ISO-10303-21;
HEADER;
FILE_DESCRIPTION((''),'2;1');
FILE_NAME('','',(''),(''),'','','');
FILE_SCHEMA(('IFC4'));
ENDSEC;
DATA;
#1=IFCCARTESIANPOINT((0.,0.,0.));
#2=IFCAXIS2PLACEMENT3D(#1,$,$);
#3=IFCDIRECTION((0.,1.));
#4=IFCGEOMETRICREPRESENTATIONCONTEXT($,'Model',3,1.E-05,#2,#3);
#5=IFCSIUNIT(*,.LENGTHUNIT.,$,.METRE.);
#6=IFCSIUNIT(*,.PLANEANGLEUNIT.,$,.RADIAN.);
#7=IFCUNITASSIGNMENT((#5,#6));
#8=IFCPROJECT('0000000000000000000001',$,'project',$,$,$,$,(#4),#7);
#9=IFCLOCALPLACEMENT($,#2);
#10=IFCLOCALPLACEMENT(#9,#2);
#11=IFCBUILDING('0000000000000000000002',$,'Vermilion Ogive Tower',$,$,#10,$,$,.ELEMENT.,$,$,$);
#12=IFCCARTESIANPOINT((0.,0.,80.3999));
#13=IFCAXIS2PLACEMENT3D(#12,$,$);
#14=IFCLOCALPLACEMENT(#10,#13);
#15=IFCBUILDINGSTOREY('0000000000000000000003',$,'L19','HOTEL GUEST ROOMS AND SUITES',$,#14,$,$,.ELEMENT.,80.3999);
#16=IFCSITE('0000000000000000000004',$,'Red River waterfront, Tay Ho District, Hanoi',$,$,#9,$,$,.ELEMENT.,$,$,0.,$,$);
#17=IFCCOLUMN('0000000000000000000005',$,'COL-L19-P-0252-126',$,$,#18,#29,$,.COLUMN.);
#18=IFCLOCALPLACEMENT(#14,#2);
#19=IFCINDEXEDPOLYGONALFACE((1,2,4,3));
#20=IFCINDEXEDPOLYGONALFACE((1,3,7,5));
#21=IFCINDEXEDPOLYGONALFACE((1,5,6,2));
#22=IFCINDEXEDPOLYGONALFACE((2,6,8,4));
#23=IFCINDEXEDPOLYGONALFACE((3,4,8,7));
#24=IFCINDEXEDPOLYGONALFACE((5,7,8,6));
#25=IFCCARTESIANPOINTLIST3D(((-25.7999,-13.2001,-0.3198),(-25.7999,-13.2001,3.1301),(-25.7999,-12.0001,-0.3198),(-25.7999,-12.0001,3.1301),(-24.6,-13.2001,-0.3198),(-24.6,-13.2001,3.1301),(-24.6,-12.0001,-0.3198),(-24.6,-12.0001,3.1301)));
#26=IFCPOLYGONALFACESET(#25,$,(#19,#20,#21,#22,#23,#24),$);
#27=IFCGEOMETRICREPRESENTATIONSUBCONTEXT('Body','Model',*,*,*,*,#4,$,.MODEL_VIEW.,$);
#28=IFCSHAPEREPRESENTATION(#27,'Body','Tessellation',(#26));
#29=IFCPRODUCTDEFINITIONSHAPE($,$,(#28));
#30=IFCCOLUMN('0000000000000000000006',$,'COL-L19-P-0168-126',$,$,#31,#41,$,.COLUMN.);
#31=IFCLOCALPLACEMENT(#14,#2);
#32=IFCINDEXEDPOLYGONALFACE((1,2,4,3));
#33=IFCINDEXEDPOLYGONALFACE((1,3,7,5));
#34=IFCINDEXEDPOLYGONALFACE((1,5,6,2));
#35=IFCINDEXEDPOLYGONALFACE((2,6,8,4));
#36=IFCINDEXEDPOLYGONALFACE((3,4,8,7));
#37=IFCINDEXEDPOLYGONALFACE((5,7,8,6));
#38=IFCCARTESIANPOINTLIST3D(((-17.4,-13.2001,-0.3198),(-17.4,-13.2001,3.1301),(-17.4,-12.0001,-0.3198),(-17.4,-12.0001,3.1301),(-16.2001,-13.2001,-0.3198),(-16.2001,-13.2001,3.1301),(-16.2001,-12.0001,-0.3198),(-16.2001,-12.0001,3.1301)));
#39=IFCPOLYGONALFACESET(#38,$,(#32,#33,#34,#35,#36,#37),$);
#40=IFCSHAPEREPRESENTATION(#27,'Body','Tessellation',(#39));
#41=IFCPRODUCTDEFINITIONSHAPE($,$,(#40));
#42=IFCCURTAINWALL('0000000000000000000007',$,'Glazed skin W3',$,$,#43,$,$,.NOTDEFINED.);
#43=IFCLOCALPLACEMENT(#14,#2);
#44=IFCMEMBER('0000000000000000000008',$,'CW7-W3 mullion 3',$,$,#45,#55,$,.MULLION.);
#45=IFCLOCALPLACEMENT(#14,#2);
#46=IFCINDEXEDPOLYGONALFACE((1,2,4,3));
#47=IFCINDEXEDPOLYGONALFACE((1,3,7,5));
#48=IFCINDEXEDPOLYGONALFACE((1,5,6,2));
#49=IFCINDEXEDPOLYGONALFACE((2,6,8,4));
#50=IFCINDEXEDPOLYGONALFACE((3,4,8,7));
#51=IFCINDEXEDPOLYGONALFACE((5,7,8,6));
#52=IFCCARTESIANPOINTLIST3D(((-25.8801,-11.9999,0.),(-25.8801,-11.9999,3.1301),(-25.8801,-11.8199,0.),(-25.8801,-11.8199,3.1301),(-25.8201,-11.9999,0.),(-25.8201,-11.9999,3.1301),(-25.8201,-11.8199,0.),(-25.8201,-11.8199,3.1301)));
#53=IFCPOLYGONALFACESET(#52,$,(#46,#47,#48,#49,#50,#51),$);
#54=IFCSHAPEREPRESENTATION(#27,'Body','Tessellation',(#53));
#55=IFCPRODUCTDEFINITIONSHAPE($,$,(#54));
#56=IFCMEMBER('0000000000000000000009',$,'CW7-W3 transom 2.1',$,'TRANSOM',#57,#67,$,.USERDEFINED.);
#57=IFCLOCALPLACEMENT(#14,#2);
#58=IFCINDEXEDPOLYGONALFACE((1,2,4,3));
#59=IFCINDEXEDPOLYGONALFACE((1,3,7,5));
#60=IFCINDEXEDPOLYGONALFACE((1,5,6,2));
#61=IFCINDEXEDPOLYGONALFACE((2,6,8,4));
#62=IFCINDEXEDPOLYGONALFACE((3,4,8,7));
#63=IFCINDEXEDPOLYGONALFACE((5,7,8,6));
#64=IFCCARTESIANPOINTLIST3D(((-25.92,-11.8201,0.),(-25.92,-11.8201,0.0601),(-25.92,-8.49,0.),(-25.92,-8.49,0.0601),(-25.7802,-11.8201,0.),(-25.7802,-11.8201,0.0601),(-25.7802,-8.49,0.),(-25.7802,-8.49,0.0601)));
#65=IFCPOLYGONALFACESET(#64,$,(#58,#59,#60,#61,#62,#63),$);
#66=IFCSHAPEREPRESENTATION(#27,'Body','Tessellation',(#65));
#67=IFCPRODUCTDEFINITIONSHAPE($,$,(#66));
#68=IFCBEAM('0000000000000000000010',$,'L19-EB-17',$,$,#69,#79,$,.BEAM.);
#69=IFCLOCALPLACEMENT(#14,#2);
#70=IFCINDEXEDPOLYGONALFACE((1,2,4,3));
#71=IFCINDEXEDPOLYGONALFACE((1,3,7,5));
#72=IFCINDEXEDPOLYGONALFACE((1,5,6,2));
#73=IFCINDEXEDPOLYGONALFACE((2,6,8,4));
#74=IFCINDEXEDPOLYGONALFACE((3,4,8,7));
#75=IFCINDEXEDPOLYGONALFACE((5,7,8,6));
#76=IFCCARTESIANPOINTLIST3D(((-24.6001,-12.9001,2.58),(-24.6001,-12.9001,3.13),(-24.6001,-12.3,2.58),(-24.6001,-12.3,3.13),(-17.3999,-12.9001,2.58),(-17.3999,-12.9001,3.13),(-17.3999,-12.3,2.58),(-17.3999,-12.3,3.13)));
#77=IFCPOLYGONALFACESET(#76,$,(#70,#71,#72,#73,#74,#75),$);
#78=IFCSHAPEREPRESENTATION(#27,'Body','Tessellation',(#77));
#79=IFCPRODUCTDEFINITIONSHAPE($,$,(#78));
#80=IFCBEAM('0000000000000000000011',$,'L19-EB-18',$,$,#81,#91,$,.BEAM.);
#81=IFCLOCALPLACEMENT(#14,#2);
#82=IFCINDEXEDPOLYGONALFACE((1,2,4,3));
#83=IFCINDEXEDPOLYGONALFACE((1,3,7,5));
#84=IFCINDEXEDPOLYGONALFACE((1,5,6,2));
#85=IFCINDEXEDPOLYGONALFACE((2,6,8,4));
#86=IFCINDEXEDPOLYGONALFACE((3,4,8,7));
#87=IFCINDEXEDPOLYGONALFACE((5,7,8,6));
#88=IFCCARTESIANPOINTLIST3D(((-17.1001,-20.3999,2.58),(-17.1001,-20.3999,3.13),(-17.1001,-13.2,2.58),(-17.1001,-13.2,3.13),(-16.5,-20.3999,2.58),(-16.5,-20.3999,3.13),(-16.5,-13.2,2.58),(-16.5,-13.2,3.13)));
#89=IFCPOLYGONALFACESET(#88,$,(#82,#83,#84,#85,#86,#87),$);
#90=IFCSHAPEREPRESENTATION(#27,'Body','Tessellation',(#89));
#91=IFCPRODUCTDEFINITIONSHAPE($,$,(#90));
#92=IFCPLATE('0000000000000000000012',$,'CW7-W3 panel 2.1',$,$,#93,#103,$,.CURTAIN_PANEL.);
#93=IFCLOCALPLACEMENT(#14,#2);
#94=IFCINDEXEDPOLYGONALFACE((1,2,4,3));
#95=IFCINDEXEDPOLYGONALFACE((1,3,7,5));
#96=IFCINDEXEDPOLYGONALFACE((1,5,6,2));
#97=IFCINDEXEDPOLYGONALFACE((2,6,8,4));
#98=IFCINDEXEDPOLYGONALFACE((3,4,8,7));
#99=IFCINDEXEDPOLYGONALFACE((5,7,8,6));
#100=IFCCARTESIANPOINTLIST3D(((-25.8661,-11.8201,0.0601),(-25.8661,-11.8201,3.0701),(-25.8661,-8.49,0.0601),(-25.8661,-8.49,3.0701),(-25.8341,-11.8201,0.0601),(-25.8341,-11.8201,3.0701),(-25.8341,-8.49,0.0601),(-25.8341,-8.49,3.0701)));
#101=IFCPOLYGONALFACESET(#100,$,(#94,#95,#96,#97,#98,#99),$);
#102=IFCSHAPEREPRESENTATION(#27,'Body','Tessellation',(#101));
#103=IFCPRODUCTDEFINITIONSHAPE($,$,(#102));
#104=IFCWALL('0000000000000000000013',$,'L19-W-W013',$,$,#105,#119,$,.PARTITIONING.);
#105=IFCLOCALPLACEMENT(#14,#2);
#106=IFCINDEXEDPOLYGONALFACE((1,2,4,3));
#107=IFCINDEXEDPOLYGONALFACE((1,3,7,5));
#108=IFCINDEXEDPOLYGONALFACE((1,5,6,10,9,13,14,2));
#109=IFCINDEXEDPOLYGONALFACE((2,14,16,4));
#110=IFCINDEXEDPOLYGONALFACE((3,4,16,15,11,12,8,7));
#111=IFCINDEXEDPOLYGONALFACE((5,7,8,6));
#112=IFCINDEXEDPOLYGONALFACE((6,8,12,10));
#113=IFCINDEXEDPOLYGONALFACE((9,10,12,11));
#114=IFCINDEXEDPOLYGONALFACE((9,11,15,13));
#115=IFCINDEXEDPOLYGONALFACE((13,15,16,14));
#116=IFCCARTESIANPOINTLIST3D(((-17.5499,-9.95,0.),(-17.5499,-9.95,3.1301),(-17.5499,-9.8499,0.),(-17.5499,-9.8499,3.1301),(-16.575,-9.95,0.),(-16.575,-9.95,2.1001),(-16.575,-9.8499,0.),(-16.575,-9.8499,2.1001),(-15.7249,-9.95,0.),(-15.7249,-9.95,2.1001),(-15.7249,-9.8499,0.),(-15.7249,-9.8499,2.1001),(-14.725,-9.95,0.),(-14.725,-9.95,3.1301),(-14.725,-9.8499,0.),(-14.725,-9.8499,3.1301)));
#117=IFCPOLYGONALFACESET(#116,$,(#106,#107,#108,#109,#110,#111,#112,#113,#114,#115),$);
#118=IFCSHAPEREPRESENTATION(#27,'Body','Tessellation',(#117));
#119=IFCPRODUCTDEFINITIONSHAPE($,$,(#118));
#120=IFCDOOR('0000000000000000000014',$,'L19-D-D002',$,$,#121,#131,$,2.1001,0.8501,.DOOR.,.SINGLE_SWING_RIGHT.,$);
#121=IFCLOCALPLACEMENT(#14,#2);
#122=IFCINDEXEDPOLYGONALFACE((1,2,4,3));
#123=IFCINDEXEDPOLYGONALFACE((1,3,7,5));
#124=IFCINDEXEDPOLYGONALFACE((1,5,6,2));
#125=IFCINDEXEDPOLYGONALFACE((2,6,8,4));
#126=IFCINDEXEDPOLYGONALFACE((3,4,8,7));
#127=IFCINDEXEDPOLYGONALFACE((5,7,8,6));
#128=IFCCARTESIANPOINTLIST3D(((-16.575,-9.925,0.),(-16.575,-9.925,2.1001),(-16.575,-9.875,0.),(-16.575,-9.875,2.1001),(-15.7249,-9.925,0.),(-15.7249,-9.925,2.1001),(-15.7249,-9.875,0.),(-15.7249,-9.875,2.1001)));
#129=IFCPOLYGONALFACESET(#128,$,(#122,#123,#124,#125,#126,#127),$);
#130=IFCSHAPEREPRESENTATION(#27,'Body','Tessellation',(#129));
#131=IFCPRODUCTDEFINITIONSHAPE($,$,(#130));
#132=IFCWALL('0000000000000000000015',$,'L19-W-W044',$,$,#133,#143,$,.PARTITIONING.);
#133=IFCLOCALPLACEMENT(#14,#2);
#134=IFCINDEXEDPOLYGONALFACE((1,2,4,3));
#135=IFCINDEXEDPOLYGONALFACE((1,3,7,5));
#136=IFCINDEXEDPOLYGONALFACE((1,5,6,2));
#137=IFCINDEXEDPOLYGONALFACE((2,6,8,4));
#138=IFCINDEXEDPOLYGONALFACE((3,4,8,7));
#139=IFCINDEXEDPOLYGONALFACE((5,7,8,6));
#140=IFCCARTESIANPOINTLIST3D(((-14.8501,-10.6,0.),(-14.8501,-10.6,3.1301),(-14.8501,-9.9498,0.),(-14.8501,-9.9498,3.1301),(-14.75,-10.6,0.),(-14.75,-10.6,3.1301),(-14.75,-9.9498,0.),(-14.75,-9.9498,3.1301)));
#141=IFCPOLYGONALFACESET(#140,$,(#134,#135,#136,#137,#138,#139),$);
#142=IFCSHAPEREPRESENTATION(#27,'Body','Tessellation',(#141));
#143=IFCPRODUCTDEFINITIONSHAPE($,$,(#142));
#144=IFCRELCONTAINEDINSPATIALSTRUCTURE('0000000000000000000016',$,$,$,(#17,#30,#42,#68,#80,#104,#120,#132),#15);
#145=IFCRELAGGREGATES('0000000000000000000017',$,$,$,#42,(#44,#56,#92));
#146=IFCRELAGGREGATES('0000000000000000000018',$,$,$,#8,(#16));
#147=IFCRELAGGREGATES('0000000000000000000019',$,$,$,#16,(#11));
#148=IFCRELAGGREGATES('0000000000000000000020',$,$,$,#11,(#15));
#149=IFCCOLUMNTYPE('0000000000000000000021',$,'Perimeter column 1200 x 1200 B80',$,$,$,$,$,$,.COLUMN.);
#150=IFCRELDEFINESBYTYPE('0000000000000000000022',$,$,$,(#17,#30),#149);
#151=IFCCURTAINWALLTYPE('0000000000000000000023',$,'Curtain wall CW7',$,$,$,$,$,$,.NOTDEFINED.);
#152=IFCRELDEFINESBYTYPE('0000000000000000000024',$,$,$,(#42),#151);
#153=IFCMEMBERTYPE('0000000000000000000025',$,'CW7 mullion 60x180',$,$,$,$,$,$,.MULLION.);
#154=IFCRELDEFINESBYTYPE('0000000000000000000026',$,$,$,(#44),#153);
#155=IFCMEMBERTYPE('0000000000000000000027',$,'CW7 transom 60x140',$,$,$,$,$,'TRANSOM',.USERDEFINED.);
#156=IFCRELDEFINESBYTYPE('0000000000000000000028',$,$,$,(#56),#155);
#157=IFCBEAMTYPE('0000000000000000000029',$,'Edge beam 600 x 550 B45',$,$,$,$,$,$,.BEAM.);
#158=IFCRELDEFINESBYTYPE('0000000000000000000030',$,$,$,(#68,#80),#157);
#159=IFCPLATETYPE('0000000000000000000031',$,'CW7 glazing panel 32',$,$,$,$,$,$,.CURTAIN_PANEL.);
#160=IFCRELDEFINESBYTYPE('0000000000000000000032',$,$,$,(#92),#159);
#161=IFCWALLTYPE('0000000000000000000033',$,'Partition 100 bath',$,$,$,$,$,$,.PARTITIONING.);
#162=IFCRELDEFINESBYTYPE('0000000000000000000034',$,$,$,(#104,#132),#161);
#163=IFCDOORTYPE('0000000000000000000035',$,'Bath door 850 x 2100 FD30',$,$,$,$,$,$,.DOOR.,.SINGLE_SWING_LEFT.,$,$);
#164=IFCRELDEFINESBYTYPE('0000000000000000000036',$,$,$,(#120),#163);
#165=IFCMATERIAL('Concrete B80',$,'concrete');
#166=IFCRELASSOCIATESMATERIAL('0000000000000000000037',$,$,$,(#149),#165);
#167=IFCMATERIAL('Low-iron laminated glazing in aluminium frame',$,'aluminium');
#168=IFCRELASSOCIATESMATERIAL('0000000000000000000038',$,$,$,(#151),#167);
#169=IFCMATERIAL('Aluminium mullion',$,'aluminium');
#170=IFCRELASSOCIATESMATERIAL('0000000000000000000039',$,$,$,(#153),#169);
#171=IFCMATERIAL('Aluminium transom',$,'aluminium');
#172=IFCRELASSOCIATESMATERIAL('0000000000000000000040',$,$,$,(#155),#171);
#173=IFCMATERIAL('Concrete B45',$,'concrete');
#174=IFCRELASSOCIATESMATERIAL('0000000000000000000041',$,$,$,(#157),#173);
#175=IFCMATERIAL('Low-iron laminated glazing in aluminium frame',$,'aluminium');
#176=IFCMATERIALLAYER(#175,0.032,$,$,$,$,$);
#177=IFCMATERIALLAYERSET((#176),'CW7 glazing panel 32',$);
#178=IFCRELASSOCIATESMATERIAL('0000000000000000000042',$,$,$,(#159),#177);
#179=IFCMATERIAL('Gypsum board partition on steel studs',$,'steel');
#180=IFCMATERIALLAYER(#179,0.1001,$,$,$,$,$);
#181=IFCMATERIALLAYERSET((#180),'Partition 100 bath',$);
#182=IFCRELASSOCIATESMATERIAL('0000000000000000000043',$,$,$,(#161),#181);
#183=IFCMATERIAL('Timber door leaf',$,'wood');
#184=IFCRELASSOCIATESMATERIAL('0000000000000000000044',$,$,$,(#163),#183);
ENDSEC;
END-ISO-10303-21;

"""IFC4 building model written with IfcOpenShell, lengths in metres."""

from ifc_helpers import new_model, si_unit, direction, frame, frame_2d, origin, origin_2d, place, context, subcontext, project, spatial, rectangle, extrude, material, layer, layer_set, material_profile, profile_set, type_object, element, fill, aggregate, save


model = new_model("IFC4")

# Units and contexts
model_context = context("Model", 3, precision=1e-05, world=origin(), true_north=direction((0.0, 1.0)))
body_context = subcontext(model_context, "Body", "Model", "MODEL_VIEW")
ifc_project = project(units=[si_unit("LENGTHUNIT", "METRE"), si_unit("PLANEANGLEUNIT", "RADIAN")], contexts=[model_context])

# Site, building, storey
site_placement = place(None, origin())
site = spatial("IfcSite", under=ifc_project, at=site_placement, Name="Red River waterfront, Tay Ho District, Hanoi", CompositionType="ELEMENT", RefElevation=0.0)
building_placement = place(site_placement, origin())
building = spatial("IfcBuilding", under=site, at=building_placement, Name="Vermilion Ogive Tower", CompositionType="ELEMENT")
storey_placement = place(building_placement, frame((0.0, 0.0, 80.3999)))
storey = spatial("IfcBuildingStorey", under=building, at=storey_placement, Name="L19", Description="HOTEL GUEST ROOMS AND SUITES", CompositionType="ELEMENT", Elevation=80.3999)

# Columns
ifc_material_1 = material(Name="Concrete B80", Category="concrete")
ifc_material_profile_1 = material_profile(ifc_material_1, rectangle(XDim=1.2, YDim=1.2, at=origin_2d()), Name="1200 x 1200")
ifc_profile_set_1 = profile_set([ifc_material_profile_1], Name="Concrete B80")
column_type = type_object("IfcColumnType", Name="Perimeter column 1200 x 1200 B80", PredefinedType="COLUMN", material=ifc_profile_set_1)
for number, where, z_axis, x_axis, name in (
    (1, (-25.2, -12.6001, -0.3198), (0.0, 0.0, 1.0), (1.0, 0.0, 0.0), "COL-L19-P-0252-126"),
    (2, (-16.8, -12.6001, -0.3198), (0.0, 0.0, 1.0), (1.0, 0.0, 0.0), "COL-L19-P-0168-126"),
):
    element("IfcColumn", number, at=place(storey_placement, frame(where, z_axis=z_axis, x_axis=x_axis)), inside=storey, type_object=column_type, Name=name, PredefinedType="COLUMN", context=body_context, shape_type="SweptSolid", body=[
        extrude(rectangle(XDim=1.2, YDim=1.2, at=origin_2d()), origin(), (0.0, 0.0, 1.0), 3.45),
    ])

# Curtain wall, members
ifc_material_2 = material(Name="Low-iron laminated glazing in aluminium frame", Category="aluminium")
curtain_wall_type = type_object("IfcCurtainWallType", Name="Curtain wall CW7", PredefinedType="NOTDEFINED", material=ifc_material_2)
curtain_wall_placement = place(storey_placement, origin())
curtain_wall = element("IfcCurtainWall", 3, at=curtain_wall_placement, inside=storey, type_object=curtain_wall_type, Name="Glazed skin W3", PredefinedType="NOTDEFINED")
ifc_material_3 = material(Name="Aluminium mullion", Category="aluminium")
ifc_material_profile_2 = material_profile(ifc_material_3, rectangle(XDim=0.0601, YDim=0.1799, at=origin_2d()), Name="AL 60x180")
ifc_profile_set_2 = profile_set([ifc_material_profile_2], Name="Aluminium mullion")
member_type_1 = type_object("IfcMemberType", Name="CW7 mullion 60x180", PredefinedType="MULLION", material=ifc_profile_set_2)
member_1_placement = place(storey_placement, frame((-25.8501, -11.9099, 0.0), z_axis=(0.0, 0.0, 1.0), x_axis=(1.0, 0.0, 0.0)))
member_1 = element("IfcMember", 4, at=member_1_placement, type_object=member_type_1, Name="CW7-W3 mullion 3", PredefinedType="MULLION", context=body_context, shape_type="SweptSolid", body=[
    extrude(rectangle(XDim=0.0601, YDim=0.1799, at=origin_2d()), origin(), (0.0, 0.0, 1.0), 3.1301),
])
ifc_material_4 = material(Name="Aluminium transom", Category="aluminium")
ifc_material_profile_3 = material_profile(ifc_material_4, rectangle(XDim=0.1399, YDim=0.0601, at=origin_2d()), Name="AL 60x140")
ifc_profile_set_3 = profile_set([ifc_material_profile_3], Name="Aluminium transom")
member_type_2 = type_object("IfcMemberType", Name="CW7 transom 60x140", ElementType="TRANSOM", PredefinedType="USERDEFINED", material=ifc_profile_set_3)
member_2_placement = place(storey_placement, frame((-25.8501, -8.49, 0.03), z_axis=(0.0, -1.0, 0.0), x_axis=(1.0, 0.0, 0.0)))
member_2 = element("IfcMember", 5, at=member_2_placement, type_object=member_type_2, Name="CW7-W3 transom 2.1", ObjectType="TRANSOM", PredefinedType="USERDEFINED", context=body_context, shape_type="SweptSolid", body=[
    extrude(rectangle(XDim=0.1399, YDim=0.0601, at=origin_2d()), origin(), (0.0, 0.0, 1.0), 3.3301),
])

# Beams
ifc_material_5 = material(Name="Concrete B45", Category="concrete")
ifc_material_profile_4 = material_profile(ifc_material_5, rectangle(XDim=0.6001, YDim=0.55, at=origin_2d()), Name="600 x 550")
ifc_profile_set_4 = profile_set([ifc_material_profile_4], Name="Concrete B45")
beam_type = type_object("IfcBeamType", Name="Edge beam 600 x 550 B45", PredefinedType="BEAM", material=ifc_profile_set_4)
beam_1_placement = place(storey_placement, frame((-24.6001, -12.6001, 2.855), z_axis=(1.0, 0.0, 0.0), x_axis=(0.0, 1.0, 0.0)))
element("IfcBeam", 6, at=beam_1_placement, inside=storey, type_object=beam_type, Name="L19-EB-17", PredefinedType="BEAM", context=body_context, shape_type="SweptSolid", body=[
    extrude(rectangle(XDim=0.6001, YDim=0.55, at=origin_2d()), origin(), (0.0, 0.0, 1.0), 7.2002),
])
beam_2_placement = place(storey_placement, frame((-16.8, -13.2, 2.855), z_axis=(0.0, -1.0, 0.0), x_axis=(1.0, 0.0, 0.0)))
element("IfcBeam", 7, at=beam_2_placement, inside=storey, type_object=beam_type, Name="L19-EB-18", PredefinedType="BEAM", context=body_context, shape_type="SweptSolid", body=[
    extrude(rectangle(XDim=0.6001, YDim=0.55, at=origin_2d()), origin(), (0.0, 0.0, 1.0), 7.2),
])

# Plate
ifc_material_6 = material(Name="Low-iron laminated glazing in aluminium frame", Category="aluminium")
ifc_layer_1 = layer(ifc_material_6, 0.032)
ifc_layer_set_1 = layer_set([ifc_layer_1], Name="CW7 glazing panel 32")
plate_type = type_object("IfcPlateType", Name="CW7 glazing panel 32", PredefinedType="CURTAIN_PANEL", material=ifc_layer_set_1)
plate_placement = place(storey_placement, frame((-25.8501, -10.155, 0.0601), z_axis=(0.0, 0.0, 1.0), x_axis=(0.0, -1.0, 0.0)))
plate = element("IfcPlate", 8, at=plate_placement, type_object=plate_type, Name="CW7-W3 panel 2.1", PredefinedType="CURTAIN_PANEL", context=body_context, shape_type="SweptSolid", body=[
    extrude(rectangle(XDim=3.3301, YDim=0.032, at=origin_2d()), origin(), (0.0, 0.0, 1.0), 3.01),
])
aggregate(curtain_wall, [member_1, member_2, plate])

# Wall, opening, door
ifc_material_7 = material(Name="Gypsum board partition on steel studs", Category="steel")
ifc_layer_2 = layer(ifc_material_7, 0.1001)
ifc_layer_set_2 = layer_set([ifc_layer_2], Name="Partition 100 bath")
wall_type_1 = type_object("IfcWallType", Name="Partition 100 bath", PredefinedType="PARTITIONING", material=ifc_layer_set_2)
wall_1_placement = place(storey_placement, frame((-17.55, -9.8999, 0.0), z_axis=(0.0, 0.0, 1.0), x_axis=(1.0, 0.0, 0.0)))
wall_1 = element("IfcWall", 9, at=wall_1_placement, inside=storey, type_object=wall_type_1, Name="L19-W-W013", PredefinedType="PARTITIONING", context=body_context, shape_type="SweptSolid", body=[
    extrude(rectangle(XDim=2.825, YDim=0.1001, at=frame_2d((1.4126, 0.0))), origin(), (0.0, 0.0, 1.0), 3.1301),
])
opening_1_placement = place(wall_1_placement, frame((0.9751, 0.0, 0.0)))
opening_1 = element("IfcOpeningElement", 10, at=opening_1_placement, cuts=wall_1, PredefinedType="OPENING", context=body_context, shape_type="SweptSolid", body=[
    extrude(rectangle(XDim=0.8501, YDim=2.1001, at=frame_2d((0.425, 1.05))), frame((0.0, 0.0601, 0.0), z_axis=(0.0, -1.0, 0.0), x_axis=(1.0, 0.0, 0.0)), (0.0, 0.0, 1.0), 0.1201),
])
ifc_material_8 = material(Name="Timber door leaf", Category="wood")
door_type_1 = type_object("IfcDoorType", Name="Bath door 850 x 2100 FD30", OperationType="SINGLE_SWING_LEFT", PredefinedType="DOOR", material=ifc_material_8)
door_1_placement = place(opening_1_placement, origin())
door_1 = element("IfcDoor", 11, at=door_1_placement, inside=storey, type_object=door_type_1, Name="L19-D-D002", OperationType="SINGLE_SWING_RIGHT", OverallHeight=2.1001, OverallWidth=0.8501, PredefinedType="DOOR", context=body_context, shape_type="SweptSolid", body=[
    extrude(rectangle(XDim=0.8501, YDim=2.1001, at=frame_2d((0.425, 1.05))), frame((0.0, 0.0249, 0.0), z_axis=(0.0, -1.0, 0.0), x_axis=(1.0, 0.0, 0.0)), (0.0, 0.0, 1.0), 0.05),
])
fill(opening_1, door_1)

# Wall
wall_2_placement = place(storey_placement, frame((-14.8, -10.6001, 0.0), z_axis=(0.0, 0.0, 1.0), x_axis=(0.0, 1.0, 0.0)))
element("IfcWall", 12, at=wall_2_placement, inside=storey, type_object=wall_type_1, Name="L19-W-W044", PredefinedType="PARTITIONING", context=body_context, shape_type="SweptSolid", body=[
    extrude(rectangle(XDim=0.6501, YDim=0.1001, at=frame_2d((0.3252, 0.0))), origin(), (0.0, 0.0, 1.0), 3.1301),
])

save(model, "model.ifc")
